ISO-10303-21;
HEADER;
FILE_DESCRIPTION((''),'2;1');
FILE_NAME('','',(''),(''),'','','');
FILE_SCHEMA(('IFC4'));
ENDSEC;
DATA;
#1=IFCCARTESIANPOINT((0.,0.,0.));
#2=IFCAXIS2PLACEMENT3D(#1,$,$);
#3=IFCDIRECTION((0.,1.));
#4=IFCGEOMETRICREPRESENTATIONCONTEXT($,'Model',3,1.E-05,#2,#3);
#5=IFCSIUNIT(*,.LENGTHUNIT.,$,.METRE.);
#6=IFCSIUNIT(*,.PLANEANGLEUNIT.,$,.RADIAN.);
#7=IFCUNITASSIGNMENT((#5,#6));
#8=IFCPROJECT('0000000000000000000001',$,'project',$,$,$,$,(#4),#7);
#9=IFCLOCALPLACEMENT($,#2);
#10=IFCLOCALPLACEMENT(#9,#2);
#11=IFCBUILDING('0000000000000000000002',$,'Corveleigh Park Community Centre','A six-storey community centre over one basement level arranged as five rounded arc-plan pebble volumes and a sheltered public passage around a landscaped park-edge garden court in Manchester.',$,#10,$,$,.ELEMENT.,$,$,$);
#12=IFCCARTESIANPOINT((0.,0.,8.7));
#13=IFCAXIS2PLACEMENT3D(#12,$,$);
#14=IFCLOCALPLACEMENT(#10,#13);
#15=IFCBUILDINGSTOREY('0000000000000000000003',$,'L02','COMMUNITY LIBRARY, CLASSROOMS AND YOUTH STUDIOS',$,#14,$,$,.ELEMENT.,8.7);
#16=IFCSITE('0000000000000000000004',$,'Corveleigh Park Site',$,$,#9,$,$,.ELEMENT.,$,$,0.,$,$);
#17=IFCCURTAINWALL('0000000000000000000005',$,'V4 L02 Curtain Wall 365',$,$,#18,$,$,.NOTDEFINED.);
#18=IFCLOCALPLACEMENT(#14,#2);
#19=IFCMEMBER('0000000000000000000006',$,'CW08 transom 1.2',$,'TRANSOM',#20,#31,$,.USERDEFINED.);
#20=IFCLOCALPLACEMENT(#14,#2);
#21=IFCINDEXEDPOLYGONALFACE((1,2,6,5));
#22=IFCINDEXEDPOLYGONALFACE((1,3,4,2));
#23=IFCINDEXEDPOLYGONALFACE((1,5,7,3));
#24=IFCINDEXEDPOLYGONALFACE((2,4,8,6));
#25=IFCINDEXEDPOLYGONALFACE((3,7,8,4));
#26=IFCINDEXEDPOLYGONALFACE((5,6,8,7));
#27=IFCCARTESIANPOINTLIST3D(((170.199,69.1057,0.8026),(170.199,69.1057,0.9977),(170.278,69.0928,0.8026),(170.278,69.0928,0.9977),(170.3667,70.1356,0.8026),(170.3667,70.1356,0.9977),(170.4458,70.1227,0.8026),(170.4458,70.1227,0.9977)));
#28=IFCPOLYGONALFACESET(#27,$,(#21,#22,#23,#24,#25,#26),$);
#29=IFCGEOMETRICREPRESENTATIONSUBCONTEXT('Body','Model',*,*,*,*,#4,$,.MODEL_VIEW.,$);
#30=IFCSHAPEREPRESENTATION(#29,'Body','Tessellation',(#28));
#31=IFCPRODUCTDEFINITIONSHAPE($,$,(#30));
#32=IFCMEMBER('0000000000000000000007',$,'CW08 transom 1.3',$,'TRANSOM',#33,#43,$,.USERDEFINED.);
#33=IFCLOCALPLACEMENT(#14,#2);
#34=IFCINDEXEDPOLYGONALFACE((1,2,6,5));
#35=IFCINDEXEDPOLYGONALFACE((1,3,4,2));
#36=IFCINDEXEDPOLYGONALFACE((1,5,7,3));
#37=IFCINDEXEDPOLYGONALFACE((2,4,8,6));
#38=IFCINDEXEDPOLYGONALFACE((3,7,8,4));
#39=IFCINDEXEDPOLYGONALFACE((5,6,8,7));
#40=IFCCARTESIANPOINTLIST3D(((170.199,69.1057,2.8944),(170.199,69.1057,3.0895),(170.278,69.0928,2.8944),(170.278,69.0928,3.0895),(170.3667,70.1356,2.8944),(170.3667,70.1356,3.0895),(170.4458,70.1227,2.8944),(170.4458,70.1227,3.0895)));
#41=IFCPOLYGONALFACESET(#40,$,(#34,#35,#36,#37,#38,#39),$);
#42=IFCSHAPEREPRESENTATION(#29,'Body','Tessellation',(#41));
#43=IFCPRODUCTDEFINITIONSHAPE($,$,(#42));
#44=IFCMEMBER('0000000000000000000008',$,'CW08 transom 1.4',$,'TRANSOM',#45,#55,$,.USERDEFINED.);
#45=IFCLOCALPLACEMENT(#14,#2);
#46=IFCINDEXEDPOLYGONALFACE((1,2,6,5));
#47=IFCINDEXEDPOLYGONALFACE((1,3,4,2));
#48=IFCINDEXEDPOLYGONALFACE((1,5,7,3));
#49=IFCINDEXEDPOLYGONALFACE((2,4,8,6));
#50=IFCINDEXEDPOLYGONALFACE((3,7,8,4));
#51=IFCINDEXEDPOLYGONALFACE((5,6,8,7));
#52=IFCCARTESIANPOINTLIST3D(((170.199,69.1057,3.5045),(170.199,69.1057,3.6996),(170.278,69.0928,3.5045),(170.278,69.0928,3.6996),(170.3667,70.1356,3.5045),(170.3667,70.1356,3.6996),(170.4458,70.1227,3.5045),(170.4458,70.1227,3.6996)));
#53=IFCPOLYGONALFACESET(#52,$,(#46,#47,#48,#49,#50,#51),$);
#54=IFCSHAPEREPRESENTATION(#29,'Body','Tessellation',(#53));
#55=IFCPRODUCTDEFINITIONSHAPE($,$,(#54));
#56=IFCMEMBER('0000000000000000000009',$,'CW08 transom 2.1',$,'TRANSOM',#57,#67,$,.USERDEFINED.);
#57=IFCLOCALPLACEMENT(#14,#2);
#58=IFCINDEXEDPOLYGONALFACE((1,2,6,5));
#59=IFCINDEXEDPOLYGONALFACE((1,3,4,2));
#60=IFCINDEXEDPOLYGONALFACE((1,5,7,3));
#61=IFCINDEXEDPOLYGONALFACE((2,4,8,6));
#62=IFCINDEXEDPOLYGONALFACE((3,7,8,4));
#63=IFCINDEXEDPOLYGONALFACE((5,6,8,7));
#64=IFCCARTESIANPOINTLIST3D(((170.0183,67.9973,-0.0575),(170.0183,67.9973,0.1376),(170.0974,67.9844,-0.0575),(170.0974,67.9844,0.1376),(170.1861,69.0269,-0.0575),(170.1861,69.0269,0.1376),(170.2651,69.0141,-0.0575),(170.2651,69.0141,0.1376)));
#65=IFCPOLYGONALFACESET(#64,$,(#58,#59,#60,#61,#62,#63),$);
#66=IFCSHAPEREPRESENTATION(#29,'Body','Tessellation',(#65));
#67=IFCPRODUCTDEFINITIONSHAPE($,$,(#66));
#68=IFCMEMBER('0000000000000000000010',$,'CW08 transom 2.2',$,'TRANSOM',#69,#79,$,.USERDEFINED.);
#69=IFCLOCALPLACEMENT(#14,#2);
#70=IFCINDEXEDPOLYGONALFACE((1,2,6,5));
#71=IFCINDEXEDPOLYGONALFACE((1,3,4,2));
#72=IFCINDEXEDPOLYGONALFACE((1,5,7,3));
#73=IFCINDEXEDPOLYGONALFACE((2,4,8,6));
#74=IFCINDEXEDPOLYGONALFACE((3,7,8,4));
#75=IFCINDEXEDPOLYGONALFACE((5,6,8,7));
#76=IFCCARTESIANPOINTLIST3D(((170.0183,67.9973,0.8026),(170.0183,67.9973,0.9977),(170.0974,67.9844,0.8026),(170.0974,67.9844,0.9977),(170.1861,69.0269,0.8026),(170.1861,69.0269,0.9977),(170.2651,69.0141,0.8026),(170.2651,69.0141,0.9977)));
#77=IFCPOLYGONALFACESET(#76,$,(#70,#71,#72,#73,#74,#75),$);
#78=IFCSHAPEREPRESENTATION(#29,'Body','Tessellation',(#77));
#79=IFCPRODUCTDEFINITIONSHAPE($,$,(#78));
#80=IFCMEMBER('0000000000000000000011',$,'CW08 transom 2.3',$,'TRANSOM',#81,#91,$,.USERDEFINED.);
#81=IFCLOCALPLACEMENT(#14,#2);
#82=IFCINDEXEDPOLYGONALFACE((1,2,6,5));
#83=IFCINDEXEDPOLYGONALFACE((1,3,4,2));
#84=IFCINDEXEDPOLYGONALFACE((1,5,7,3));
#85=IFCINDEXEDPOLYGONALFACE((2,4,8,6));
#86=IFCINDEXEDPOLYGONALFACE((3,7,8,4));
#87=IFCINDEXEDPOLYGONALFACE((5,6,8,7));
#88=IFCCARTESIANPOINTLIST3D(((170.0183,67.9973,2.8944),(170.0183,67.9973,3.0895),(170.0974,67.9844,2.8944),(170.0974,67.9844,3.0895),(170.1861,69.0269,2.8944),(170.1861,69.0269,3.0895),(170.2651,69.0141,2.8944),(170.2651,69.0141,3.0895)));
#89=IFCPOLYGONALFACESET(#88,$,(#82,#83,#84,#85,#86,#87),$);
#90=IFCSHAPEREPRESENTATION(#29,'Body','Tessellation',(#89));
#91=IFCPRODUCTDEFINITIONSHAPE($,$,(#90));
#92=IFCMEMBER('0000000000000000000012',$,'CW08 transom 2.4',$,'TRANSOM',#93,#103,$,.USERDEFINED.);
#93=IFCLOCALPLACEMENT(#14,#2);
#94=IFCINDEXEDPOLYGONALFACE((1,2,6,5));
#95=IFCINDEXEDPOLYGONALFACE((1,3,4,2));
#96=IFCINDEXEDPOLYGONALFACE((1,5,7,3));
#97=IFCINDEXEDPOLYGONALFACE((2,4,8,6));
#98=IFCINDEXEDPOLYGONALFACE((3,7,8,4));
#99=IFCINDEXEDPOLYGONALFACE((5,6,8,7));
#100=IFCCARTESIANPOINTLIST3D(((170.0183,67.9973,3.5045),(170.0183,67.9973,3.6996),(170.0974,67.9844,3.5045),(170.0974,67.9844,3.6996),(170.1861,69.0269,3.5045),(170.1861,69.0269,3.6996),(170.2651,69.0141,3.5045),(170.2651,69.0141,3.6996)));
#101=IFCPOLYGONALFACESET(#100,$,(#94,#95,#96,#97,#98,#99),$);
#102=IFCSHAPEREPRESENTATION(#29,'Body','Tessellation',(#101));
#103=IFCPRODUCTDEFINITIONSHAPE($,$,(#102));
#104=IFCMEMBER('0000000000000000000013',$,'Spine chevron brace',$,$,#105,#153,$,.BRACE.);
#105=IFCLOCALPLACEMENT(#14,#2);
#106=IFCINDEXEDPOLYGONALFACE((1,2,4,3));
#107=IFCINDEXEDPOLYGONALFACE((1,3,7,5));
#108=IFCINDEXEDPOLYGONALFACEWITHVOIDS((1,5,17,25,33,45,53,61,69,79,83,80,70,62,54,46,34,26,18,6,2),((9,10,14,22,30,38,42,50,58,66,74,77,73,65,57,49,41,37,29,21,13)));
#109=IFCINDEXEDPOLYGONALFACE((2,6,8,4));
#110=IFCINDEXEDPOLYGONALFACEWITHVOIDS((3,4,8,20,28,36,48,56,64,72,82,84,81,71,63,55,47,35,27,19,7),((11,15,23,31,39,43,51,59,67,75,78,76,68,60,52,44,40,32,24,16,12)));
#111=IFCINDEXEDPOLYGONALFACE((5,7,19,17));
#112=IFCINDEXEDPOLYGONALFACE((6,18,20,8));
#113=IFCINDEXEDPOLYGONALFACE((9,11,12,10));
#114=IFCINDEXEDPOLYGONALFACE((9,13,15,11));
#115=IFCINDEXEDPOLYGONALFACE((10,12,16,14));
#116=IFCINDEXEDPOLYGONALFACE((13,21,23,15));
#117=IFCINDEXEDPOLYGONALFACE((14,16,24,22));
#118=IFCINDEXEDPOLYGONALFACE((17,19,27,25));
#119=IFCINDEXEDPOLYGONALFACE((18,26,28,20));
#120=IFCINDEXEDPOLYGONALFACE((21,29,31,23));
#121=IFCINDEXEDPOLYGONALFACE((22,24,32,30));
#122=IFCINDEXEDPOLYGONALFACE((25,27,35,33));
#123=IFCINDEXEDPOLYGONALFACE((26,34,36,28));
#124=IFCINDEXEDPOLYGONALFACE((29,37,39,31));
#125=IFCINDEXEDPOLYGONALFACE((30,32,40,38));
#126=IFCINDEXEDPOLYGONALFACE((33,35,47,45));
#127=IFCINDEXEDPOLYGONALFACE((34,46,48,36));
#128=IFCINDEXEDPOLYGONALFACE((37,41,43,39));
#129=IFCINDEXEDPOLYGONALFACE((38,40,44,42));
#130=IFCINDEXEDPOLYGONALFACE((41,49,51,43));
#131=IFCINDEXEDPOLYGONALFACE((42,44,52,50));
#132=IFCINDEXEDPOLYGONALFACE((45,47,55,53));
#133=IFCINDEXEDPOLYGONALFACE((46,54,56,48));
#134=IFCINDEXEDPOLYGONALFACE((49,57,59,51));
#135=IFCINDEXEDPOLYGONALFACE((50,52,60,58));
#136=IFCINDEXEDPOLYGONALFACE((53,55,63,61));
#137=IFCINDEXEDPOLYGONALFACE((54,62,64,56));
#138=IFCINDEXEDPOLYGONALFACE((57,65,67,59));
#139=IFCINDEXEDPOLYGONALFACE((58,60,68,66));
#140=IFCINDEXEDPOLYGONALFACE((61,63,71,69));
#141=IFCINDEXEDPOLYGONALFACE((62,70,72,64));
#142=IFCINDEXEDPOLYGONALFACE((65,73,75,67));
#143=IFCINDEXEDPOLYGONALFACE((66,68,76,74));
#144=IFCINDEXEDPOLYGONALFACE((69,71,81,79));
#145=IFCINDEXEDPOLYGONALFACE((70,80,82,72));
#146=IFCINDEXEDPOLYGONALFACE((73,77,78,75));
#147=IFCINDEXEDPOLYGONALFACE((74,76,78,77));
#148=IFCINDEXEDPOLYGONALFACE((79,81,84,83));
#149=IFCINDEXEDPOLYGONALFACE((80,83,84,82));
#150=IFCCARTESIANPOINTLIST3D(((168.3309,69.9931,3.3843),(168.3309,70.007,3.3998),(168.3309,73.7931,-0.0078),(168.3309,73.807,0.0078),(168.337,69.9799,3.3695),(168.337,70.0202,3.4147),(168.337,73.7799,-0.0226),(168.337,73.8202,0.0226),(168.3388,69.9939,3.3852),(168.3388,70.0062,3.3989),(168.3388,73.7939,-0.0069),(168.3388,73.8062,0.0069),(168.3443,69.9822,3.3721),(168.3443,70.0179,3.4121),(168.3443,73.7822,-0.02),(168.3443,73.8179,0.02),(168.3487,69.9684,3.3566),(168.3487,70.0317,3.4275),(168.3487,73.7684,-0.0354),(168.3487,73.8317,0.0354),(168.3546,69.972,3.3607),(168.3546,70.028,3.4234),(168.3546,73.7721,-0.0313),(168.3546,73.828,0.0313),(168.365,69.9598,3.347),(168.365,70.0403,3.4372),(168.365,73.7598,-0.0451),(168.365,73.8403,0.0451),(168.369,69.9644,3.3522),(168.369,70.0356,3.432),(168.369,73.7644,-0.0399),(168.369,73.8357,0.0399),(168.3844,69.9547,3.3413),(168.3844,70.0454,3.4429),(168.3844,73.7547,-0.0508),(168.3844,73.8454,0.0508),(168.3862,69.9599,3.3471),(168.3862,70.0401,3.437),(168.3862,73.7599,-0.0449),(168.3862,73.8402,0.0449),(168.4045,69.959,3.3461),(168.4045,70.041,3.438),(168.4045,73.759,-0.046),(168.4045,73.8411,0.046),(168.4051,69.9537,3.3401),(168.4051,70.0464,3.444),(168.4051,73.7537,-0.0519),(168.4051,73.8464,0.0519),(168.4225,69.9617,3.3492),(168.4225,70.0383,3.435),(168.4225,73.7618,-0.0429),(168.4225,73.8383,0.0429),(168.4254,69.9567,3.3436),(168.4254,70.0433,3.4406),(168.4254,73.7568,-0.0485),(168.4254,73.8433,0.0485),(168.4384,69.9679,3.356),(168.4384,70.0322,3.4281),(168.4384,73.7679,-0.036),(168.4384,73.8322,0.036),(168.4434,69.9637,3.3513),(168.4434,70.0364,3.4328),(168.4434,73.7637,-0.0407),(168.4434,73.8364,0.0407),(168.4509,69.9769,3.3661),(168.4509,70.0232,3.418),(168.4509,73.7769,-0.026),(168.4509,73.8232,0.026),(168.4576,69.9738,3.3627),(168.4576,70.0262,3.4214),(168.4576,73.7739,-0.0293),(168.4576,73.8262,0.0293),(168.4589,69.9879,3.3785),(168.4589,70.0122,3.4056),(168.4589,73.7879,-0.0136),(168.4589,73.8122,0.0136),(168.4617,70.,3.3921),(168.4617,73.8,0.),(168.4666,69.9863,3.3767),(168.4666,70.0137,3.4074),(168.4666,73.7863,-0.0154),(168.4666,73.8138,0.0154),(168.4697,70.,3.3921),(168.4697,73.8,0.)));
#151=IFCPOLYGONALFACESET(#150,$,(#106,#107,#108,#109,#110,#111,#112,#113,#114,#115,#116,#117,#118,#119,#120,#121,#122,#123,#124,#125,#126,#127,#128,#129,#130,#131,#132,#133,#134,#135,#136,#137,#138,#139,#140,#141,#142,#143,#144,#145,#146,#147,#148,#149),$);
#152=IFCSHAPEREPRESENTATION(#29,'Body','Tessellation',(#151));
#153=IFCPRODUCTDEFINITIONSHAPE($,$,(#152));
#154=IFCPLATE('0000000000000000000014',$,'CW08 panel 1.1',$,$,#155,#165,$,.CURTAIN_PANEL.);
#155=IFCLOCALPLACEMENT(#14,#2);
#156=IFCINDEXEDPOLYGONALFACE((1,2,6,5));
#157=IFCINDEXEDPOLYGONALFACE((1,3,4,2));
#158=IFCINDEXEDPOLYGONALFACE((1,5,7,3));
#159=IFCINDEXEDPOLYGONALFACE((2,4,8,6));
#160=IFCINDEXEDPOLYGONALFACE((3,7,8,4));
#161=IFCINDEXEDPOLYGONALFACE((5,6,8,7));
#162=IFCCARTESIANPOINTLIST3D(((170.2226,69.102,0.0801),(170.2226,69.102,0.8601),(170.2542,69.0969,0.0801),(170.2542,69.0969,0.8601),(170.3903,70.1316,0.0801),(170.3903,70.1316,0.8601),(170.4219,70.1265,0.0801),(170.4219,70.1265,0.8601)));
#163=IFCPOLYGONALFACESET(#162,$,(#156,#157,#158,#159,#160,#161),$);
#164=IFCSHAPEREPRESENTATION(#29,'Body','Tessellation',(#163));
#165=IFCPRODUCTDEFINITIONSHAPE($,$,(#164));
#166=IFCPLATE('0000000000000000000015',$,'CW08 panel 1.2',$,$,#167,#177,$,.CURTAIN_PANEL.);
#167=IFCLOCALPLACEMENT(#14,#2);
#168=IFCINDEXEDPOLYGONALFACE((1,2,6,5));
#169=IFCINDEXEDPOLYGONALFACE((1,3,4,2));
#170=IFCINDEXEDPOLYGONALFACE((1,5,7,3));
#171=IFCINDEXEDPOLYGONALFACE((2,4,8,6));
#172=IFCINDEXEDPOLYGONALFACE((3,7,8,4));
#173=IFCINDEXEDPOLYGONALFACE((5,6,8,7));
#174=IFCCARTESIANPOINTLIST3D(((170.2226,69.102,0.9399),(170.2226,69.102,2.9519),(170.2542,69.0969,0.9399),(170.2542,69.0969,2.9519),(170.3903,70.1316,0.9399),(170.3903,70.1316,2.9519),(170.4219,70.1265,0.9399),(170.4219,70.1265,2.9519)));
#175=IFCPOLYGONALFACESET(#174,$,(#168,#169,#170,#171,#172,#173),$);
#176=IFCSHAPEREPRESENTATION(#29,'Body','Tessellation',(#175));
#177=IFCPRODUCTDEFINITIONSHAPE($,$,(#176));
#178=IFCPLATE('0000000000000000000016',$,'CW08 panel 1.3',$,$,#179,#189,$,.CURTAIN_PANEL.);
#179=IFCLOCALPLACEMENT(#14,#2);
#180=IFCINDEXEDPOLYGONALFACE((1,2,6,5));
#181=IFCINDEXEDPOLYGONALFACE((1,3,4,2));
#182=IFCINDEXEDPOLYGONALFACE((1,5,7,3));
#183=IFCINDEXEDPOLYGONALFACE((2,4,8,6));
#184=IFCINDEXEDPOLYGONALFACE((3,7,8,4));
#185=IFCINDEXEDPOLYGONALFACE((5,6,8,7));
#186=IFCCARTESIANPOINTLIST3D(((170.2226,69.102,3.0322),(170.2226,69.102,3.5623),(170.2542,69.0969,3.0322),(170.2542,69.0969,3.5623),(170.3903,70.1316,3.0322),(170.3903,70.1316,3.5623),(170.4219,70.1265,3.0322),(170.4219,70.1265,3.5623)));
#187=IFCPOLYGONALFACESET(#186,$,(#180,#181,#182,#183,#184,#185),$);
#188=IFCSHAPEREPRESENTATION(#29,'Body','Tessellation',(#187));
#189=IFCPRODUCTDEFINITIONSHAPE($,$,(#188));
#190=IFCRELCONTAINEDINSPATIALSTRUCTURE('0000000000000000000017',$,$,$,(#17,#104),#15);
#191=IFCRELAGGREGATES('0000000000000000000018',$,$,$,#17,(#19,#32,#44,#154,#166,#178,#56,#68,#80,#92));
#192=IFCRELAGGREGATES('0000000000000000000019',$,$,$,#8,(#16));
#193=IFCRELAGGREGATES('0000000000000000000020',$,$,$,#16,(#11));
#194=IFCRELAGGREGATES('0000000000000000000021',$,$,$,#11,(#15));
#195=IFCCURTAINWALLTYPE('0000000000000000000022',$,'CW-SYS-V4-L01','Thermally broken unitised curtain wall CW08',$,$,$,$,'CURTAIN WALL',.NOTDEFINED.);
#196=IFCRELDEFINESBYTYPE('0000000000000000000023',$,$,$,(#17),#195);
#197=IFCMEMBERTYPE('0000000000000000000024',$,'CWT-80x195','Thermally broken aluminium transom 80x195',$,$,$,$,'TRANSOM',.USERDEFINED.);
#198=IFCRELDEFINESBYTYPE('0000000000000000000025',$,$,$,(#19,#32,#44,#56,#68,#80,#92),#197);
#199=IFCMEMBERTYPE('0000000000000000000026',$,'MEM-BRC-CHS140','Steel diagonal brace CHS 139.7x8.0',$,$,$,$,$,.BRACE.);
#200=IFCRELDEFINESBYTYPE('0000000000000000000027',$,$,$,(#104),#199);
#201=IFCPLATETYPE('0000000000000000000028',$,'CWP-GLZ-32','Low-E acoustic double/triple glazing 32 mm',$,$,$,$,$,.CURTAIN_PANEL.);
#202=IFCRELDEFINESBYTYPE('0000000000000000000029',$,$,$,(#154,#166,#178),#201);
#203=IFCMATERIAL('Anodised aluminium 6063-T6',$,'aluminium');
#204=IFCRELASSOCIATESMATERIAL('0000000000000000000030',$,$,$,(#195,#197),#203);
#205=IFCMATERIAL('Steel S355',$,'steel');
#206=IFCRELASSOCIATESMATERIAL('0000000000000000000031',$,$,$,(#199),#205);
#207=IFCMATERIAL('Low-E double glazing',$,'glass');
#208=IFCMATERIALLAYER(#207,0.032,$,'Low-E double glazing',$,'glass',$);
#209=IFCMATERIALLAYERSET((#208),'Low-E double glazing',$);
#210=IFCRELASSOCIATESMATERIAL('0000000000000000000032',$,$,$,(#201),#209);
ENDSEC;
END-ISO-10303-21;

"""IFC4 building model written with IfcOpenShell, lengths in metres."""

from ifc_helpers import new_model, si_unit, direction, frame, origin, origin_2d, place, context, subcontext, project, spatial, rectangle, hollow_circle, extrude, material, layer, layer_set, material_profile, profile_set, type_object, element, aggregate, save


model = new_model("IFC4")

# Units and contexts
model_context = context("Model", 3, precision=1e-05, world=origin(), true_north=direction((0.0, 1.0)))
body_context = subcontext(model_context, "Body", "Model", "MODEL_VIEW")
ifc_project = project(units=[si_unit("LENGTHUNIT", "METRE"), si_unit("PLANEANGLEUNIT", "RADIAN")], contexts=[model_context])

# Site, building, storey
site_placement = place(None, origin())
site = spatial("IfcSite", under=ifc_project, at=site_placement, Name="Corveleigh Park Site", CompositionType="ELEMENT", RefElevation=0.0)
building_placement = place(site_placement, origin())
building = spatial("IfcBuilding", under=site, at=building_placement, Name="Corveleigh Park Community Centre", Description="A six-storey community centre over one basement level arranged as five rounded arc-plan pebble volumes and a sheltered public passage around a landscaped park-edge garden court in Manchester.", CompositionType="ELEMENT")
storey_placement = place(building_placement, frame((0.0, 0.0, 8.7)))
storey = spatial("IfcBuildingStorey", under=building, at=storey_placement, Name="L02", Description="COMMUNITY LIBRARY, CLASSROOMS AND YOUTH STUDIOS", CompositionType="ELEMENT", Elevation=8.7)

# Shared definitions
ifc_material_1 = material(Name="Steel S355", Category="steel")

# Curtain wall
ifc_material_2 = material(Name="Anodised aluminium 6063-T6", Category="aluminium")
curtain_wall_type = type_object("IfcCurtainWallType", Name="CW-SYS-V4-L01", Description="Thermally broken unitised curtain wall CW08", ElementType="CURTAIN WALL", PredefinedType="NOTDEFINED", material=ifc_material_2)
curtain_wall_1_placement = place(storey_placement, origin())
curtain_wall_1 = element("IfcCurtainWall", 1, at=curtain_wall_1_placement, inside=storey, type_object=curtain_wall_type, Name="V4 L02 Curtain Wall 365", PredefinedType="NOTDEFINED")

# Members
ifc_material_profile_1 = material_profile(ifc_material_2, rectangle(XDim=0.0801, YDim=0.1951, at=origin_2d()), Name="ALU-T80x195", Category="aluminium")
ifc_profile_set_1 = profile_set([ifc_material_profile_1], Name="Anodised aluminium 6063-T6")
member_type_1 = type_object("IfcMemberType", Name="CWT-80x195", Description="Thermally broken aluminium transom 80x195", ElementType="TRANSOM", PredefinedType="USERDEFINED", material=ifc_profile_set_1)
member_1_placement = place(storey_placement, frame((170.4062, 70.1292, 0.9001), z_axis=(-0.160755, -0.986994, 0.0), x_axis=(0.986994, -0.160755, 0.0)))
member_1 = element("IfcMember", 2, at=member_1_placement, type_object=member_type_1, Name="CW08 transom 1.2", ObjectType="TRANSOM", PredefinedType="USERDEFINED", context=body_context, shape_type="SweptSolid", body=[
    extrude(rectangle(XDim=0.0801, YDim=0.1951, at=origin_2d()), origin(), (0.0, 0.0, 1.0), 1.0435),
])
member_2_placement = place(storey_placement, frame((170.4062, 70.1292, 2.9919), z_axis=(-0.160755, -0.986994, 0.0), x_axis=(0.986994, -0.160755, 0.0)))
member_2 = element("IfcMember", 3, at=member_2_placement, type_object=member_type_1, Name="CW08 transom 1.3", ObjectType="TRANSOM", PredefinedType="USERDEFINED", context=body_context, shape_type="SweptSolid", body=[
    extrude(rectangle(XDim=0.0801, YDim=0.1951, at=origin_2d()), origin(), (0.0, 0.0, 1.0), 1.0435),
])
member_3_placement = place(storey_placement, frame((170.4062, 70.1292, 3.6021), z_axis=(-0.160755, -0.986994, 0.0), x_axis=(0.986994, -0.160755, 0.0)))
member_3 = element("IfcMember", 4, at=member_3_placement, type_object=member_type_1, Name="CW08 transom 1.4", ObjectType="TRANSOM", PredefinedType="USERDEFINED", context=body_context, shape_type="SweptSolid", body=[
    extrude(rectangle(XDim=0.0801, YDim=0.1951, at=origin_2d()), origin(), (0.0, 0.0, 1.0), 1.0435),
])
member_4_placement = place(storey_placement, frame((170.2256, 69.0205, 0.04), z_axis=(-0.160792, -0.986988, 0.0), x_axis=(0.986988, -0.160792, 0.0)))
member_4 = element("IfcMember", 5, at=member_4_placement, type_object=member_type_1, Name="CW08 transom 2.1", ObjectType="TRANSOM", PredefinedType="USERDEFINED", context=body_context, shape_type="SweptSolid", body=[
    extrude(rectangle(XDim=0.0801, YDim=0.1951, at=origin_2d()), origin(), (0.0, 0.0, 1.0), 1.0432),
])
member_5_placement = place(storey_placement, frame((170.2256, 69.0205, 0.9001), z_axis=(-0.160792, -0.986988, 0.0), x_axis=(0.986988, -0.160792, 0.0)))
member_5 = element("IfcMember", 6, at=member_5_placement, type_object=member_type_1, Name="CW08 transom 2.2", ObjectType="TRANSOM", PredefinedType="USERDEFINED", context=body_context, shape_type="SweptSolid", body=[
    extrude(rectangle(XDim=0.0801, YDim=0.1951, at=origin_2d()), origin(), (0.0, 0.0, 1.0), 1.0432),
])
member_6_placement = place(storey_placement, frame((170.2256, 69.0205, 2.9919), z_axis=(-0.160792, -0.986988, 0.0), x_axis=(0.986988, -0.160792, 0.0)))
member_6 = element("IfcMember", 7, at=member_6_placement, type_object=member_type_1, Name="CW08 transom 2.3", ObjectType="TRANSOM", PredefinedType="USERDEFINED", context=body_context, shape_type="SweptSolid", body=[
    extrude(rectangle(XDim=0.0801, YDim=0.1951, at=origin_2d()), origin(), (0.0, 0.0, 1.0), 1.0432),
])
member_7_placement = place(storey_placement, frame((170.2256, 69.0205, 3.6021), z_axis=(-0.160792, -0.986988, 0.0), x_axis=(0.986988, -0.160792, 0.0)))
member_7 = element("IfcMember", 8, at=member_7_placement, type_object=member_type_1, Name="CW08 transom 2.4", ObjectType="TRANSOM", PredefinedType="USERDEFINED", context=body_context, shape_type="SweptSolid", body=[
    extrude(rectangle(XDim=0.0801, YDim=0.1951, at=origin_2d()), origin(), (0.0, 0.0, 1.0), 1.0432),
])
ifc_material_profile_2 = material_profile(ifc_material_1, hollow_circle(Radius=0.0698, WallThickness=0.0081, at=origin_2d()), Name="CHS 139.7x8.0", Category="steel")
ifc_profile_set_2 = profile_set([ifc_material_profile_2], Name="Steel S355")
member_type_2 = type_object("IfcMemberType", Name="MEM-BRC-CHS140", Description="Steel diagonal brace CHS 139.7x8.0", PredefinedType="BRACE", material=ifc_profile_set_2)
member_8_placement = place(storey_placement, frame((168.3999, 73.8, 0.0), z_axis=(0.0, -0.746017, 0.665927), x_axis=(1.0, 0.0, 0.0)))
element("IfcMember", 9, at=member_8_placement, inside=storey, type_object=member_type_2, Name="Spine chevron brace", PredefinedType="BRACE", context=body_context, shape_type="SweptSolid", body=[
    extrude(hollow_circle(Radius=0.0698, WallThickness=0.0081, at=origin_2d()), origin(), (0.0, 0.0, 1.0), 5.0938),
])

# Plates
ifc_material_3 = material(Name="Low-E double glazing", Category="glass")
ifc_layer_1 = layer(ifc_material_3, 0.032, Name="Low-E double glazing", Category="glass")
ifc_layer_set_1 = layer_set([ifc_layer_1], Name="Low-E double glazing")
plate_type = type_object("IfcPlateType", Name="CWP-GLZ-32", Description="Low-E acoustic double/triple glazing 32 mm", PredefinedType="CURTAIN_PANEL", material=ifc_layer_set_1)
plate_1_placement = place(storey_placement, frame((170.3223, 69.6143, 0.0801), z_axis=(0.0, 0.0, 1.0), x_axis=(-0.160773, -0.986991, 0.0)))
plate_1 = element("IfcPlate", 10, at=plate_1_placement, type_object=plate_type, Name="CW08 panel 1.1", PredefinedType="CURTAIN_PANEL", context=body_context, shape_type="SweptSolid", body=[
    extrude(rectangle(XDim=1.0432, YDim=0.032, at=origin_2d()), origin(), (0.0, 0.0, 1.0), 0.78),
])
plate_2_placement = place(storey_placement, frame((170.3223, 69.6143, 0.9399), z_axis=(0.0, 0.0, 1.0), x_axis=(-0.160773, -0.986991, 0.0)))
plate_2 = element("IfcPlate", 11, at=plate_2_placement, type_object=plate_type, Name="CW08 panel 1.2", PredefinedType="CURTAIN_PANEL", context=body_context, shape_type="SweptSolid", body=[
    extrude(rectangle(XDim=1.0432, YDim=0.032, at=origin_2d()), origin(), (0.0, 0.0, 1.0), 2.012),
])
plate_3_placement = place(storey_placement, frame((170.3223, 69.6143, 3.0322), z_axis=(0.0, 0.0, 1.0), x_axis=(-0.160773, -0.986991, 0.0)))
plate_3 = element("IfcPlate", 12, at=plate_3_placement, type_object=plate_type, Name="CW08 panel 1.3", PredefinedType="CURTAIN_PANEL", context=body_context, shape_type="SweptSolid", body=[
    extrude(rectangle(XDim=1.0432, YDim=0.032, at=origin_2d()), origin(), (0.0, 0.0, 1.0), 0.53),
])
aggregate(curtain_wall_1, [member_1, member_2, member_3, plate_1, plate_2, plate_3, member_4, member_5, member_6, member_7])

save(model, "model.ifc")
